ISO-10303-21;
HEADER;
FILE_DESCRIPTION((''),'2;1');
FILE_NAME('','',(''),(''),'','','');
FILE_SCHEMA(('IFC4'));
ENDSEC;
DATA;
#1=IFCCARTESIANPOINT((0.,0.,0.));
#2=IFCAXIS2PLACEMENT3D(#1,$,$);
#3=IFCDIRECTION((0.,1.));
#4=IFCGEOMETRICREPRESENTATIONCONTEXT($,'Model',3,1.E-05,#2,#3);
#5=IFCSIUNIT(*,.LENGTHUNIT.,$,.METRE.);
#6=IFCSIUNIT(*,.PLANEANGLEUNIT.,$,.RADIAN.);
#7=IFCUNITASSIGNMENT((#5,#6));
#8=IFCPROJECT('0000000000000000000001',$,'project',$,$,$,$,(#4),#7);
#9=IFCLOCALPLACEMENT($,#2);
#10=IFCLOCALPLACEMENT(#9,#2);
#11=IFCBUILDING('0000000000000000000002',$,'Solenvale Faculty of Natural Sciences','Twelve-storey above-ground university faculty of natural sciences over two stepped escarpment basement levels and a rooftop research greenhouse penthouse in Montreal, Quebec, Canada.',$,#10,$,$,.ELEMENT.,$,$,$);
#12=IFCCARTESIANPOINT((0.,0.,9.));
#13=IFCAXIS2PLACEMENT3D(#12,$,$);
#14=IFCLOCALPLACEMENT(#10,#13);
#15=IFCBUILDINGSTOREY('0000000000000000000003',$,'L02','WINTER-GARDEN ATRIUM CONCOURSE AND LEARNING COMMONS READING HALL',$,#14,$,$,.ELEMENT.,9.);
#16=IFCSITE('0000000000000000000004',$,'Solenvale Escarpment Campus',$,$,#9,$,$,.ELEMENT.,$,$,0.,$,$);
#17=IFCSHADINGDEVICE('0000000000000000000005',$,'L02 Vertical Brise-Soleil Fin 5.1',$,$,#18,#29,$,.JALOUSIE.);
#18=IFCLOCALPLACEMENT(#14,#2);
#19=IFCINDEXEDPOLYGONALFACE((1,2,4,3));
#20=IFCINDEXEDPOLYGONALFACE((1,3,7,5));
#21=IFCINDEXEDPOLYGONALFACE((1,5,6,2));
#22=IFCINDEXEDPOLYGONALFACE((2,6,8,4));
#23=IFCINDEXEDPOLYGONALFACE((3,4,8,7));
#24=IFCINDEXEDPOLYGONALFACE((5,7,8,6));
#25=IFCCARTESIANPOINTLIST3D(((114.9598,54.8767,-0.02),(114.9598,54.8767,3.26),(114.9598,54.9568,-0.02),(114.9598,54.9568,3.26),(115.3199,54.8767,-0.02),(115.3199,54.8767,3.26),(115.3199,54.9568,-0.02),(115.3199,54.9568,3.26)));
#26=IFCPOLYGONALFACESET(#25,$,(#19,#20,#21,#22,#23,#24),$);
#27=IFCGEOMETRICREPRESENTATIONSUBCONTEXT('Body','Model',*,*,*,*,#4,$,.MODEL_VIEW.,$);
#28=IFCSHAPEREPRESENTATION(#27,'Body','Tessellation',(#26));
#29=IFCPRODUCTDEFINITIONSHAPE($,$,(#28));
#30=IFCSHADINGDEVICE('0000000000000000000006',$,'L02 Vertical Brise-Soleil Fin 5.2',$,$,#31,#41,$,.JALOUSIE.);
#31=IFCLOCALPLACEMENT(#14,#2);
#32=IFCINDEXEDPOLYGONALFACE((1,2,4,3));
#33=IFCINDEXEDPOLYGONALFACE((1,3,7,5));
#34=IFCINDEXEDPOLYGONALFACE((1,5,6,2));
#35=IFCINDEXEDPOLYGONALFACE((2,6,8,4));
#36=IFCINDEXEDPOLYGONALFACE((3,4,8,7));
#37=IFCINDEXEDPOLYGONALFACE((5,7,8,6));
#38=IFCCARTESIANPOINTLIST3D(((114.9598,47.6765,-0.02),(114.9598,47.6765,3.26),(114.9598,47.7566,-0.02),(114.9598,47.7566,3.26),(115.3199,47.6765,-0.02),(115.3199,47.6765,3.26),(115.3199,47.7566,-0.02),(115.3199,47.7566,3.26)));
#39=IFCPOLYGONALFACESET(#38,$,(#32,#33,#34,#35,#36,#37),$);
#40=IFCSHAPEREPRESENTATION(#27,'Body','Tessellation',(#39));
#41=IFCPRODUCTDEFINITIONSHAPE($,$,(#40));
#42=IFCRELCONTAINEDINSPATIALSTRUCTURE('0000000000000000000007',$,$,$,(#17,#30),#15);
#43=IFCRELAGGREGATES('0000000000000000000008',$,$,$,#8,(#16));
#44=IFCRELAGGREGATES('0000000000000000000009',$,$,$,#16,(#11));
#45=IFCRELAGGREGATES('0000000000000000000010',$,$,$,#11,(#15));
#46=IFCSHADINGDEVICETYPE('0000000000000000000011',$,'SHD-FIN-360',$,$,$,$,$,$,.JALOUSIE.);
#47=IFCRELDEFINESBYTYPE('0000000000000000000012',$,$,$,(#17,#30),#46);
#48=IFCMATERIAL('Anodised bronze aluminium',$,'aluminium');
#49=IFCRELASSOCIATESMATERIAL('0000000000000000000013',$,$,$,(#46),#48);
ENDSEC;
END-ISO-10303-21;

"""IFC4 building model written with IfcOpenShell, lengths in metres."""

from ifc_helpers import new_model, si_unit, direction, frame, origin, origin_2d, place, context, subcontext, project, spatial, rectangle, extrude, material, material_profile, profile_set, type_object, element, save


model = new_model("IFC4")

# Units and contexts
model_context = context("Model", 3, precision=1e-05, world=origin(), true_north=direction((0.0, 1.0)))
body_context = subcontext(model_context, "Body", "Model", "MODEL_VIEW")
ifc_project = project(units=[si_unit("LENGTHUNIT", "METRE"), si_unit("PLANEANGLEUNIT", "RADIAN")], contexts=[model_context])

# Site, building, storey
site_placement = place(None, origin())
site = spatial("IfcSite", under=ifc_project, at=site_placement, Name="Solenvale Escarpment Campus", CompositionType="ELEMENT", RefElevation=0.0)
building_placement = place(site_placement, origin())
building = spatial("IfcBuilding", under=site, at=building_placement, Name="Solenvale Faculty of Natural Sciences", Description="Twelve-storey above-ground university faculty of natural sciences over two stepped escarpment basement levels and a rooftop research greenhouse penthouse in Montreal, Quebec, Canada.", CompositionType="ELEMENT")
storey_placement = place(building_placement, frame((0.0, 0.0, 9.0)))
storey = spatial("IfcBuildingStorey", under=building, at=storey_placement, Name="L02", Description="WINTER-GARDEN ATRIUM CONCOURSE AND LEARNING COMMONS READING HALL", CompositionType="ELEMENT", Elevation=9.0)

# Shared definitions
ifc_material_1 = material(Name="Anodised bronze aluminium", Category="aluminium")

# Shading devices
ifc_material_profile_1 = material_profile(ifc_material_1, rectangle(XDim=0.0801, YDim=0.3601, at=origin_2d()), Name="ALU-FIN-80x360")
ifc_profile_set_1 = profile_set([ifc_material_profile_1], Name="Anodised bronze aluminium")
shading_device_type = type_object("IfcShadingDeviceType", Name="SHD-FIN-360", PredefinedType="JALOUSIE", material=ifc_profile_set_1)
for number, where, z_axis, x_axis, name in (
    (1, (115.1399, 54.9167, -0.02), (0.0, 0.0, 1.0), (0.0, 1.0, 0.0), "L02 Vertical Brise-Soleil Fin 5.1"),
    (2, (115.1399, 47.7166, -0.02), (0.0, 0.0, 1.0), (0.0, 1.0, 0.0), "L02 Vertical Brise-Soleil Fin 5.2"),
):
    element("IfcShadingDevice", number, at=place(storey_placement, frame(where, z_axis=z_axis, x_axis=x_axis)), inside=storey, type_object=shading_device_type, Name=name, PredefinedType="JALOUSIE", context=body_context, shape_type="SweptSolid", body=[
        extrude(rectangle(XDim=0.0801, YDim=0.3601, at=origin_2d()), origin(), (0.0, 0.0, 1.0), 3.28),
    ])

save(model, "model.ifc")
